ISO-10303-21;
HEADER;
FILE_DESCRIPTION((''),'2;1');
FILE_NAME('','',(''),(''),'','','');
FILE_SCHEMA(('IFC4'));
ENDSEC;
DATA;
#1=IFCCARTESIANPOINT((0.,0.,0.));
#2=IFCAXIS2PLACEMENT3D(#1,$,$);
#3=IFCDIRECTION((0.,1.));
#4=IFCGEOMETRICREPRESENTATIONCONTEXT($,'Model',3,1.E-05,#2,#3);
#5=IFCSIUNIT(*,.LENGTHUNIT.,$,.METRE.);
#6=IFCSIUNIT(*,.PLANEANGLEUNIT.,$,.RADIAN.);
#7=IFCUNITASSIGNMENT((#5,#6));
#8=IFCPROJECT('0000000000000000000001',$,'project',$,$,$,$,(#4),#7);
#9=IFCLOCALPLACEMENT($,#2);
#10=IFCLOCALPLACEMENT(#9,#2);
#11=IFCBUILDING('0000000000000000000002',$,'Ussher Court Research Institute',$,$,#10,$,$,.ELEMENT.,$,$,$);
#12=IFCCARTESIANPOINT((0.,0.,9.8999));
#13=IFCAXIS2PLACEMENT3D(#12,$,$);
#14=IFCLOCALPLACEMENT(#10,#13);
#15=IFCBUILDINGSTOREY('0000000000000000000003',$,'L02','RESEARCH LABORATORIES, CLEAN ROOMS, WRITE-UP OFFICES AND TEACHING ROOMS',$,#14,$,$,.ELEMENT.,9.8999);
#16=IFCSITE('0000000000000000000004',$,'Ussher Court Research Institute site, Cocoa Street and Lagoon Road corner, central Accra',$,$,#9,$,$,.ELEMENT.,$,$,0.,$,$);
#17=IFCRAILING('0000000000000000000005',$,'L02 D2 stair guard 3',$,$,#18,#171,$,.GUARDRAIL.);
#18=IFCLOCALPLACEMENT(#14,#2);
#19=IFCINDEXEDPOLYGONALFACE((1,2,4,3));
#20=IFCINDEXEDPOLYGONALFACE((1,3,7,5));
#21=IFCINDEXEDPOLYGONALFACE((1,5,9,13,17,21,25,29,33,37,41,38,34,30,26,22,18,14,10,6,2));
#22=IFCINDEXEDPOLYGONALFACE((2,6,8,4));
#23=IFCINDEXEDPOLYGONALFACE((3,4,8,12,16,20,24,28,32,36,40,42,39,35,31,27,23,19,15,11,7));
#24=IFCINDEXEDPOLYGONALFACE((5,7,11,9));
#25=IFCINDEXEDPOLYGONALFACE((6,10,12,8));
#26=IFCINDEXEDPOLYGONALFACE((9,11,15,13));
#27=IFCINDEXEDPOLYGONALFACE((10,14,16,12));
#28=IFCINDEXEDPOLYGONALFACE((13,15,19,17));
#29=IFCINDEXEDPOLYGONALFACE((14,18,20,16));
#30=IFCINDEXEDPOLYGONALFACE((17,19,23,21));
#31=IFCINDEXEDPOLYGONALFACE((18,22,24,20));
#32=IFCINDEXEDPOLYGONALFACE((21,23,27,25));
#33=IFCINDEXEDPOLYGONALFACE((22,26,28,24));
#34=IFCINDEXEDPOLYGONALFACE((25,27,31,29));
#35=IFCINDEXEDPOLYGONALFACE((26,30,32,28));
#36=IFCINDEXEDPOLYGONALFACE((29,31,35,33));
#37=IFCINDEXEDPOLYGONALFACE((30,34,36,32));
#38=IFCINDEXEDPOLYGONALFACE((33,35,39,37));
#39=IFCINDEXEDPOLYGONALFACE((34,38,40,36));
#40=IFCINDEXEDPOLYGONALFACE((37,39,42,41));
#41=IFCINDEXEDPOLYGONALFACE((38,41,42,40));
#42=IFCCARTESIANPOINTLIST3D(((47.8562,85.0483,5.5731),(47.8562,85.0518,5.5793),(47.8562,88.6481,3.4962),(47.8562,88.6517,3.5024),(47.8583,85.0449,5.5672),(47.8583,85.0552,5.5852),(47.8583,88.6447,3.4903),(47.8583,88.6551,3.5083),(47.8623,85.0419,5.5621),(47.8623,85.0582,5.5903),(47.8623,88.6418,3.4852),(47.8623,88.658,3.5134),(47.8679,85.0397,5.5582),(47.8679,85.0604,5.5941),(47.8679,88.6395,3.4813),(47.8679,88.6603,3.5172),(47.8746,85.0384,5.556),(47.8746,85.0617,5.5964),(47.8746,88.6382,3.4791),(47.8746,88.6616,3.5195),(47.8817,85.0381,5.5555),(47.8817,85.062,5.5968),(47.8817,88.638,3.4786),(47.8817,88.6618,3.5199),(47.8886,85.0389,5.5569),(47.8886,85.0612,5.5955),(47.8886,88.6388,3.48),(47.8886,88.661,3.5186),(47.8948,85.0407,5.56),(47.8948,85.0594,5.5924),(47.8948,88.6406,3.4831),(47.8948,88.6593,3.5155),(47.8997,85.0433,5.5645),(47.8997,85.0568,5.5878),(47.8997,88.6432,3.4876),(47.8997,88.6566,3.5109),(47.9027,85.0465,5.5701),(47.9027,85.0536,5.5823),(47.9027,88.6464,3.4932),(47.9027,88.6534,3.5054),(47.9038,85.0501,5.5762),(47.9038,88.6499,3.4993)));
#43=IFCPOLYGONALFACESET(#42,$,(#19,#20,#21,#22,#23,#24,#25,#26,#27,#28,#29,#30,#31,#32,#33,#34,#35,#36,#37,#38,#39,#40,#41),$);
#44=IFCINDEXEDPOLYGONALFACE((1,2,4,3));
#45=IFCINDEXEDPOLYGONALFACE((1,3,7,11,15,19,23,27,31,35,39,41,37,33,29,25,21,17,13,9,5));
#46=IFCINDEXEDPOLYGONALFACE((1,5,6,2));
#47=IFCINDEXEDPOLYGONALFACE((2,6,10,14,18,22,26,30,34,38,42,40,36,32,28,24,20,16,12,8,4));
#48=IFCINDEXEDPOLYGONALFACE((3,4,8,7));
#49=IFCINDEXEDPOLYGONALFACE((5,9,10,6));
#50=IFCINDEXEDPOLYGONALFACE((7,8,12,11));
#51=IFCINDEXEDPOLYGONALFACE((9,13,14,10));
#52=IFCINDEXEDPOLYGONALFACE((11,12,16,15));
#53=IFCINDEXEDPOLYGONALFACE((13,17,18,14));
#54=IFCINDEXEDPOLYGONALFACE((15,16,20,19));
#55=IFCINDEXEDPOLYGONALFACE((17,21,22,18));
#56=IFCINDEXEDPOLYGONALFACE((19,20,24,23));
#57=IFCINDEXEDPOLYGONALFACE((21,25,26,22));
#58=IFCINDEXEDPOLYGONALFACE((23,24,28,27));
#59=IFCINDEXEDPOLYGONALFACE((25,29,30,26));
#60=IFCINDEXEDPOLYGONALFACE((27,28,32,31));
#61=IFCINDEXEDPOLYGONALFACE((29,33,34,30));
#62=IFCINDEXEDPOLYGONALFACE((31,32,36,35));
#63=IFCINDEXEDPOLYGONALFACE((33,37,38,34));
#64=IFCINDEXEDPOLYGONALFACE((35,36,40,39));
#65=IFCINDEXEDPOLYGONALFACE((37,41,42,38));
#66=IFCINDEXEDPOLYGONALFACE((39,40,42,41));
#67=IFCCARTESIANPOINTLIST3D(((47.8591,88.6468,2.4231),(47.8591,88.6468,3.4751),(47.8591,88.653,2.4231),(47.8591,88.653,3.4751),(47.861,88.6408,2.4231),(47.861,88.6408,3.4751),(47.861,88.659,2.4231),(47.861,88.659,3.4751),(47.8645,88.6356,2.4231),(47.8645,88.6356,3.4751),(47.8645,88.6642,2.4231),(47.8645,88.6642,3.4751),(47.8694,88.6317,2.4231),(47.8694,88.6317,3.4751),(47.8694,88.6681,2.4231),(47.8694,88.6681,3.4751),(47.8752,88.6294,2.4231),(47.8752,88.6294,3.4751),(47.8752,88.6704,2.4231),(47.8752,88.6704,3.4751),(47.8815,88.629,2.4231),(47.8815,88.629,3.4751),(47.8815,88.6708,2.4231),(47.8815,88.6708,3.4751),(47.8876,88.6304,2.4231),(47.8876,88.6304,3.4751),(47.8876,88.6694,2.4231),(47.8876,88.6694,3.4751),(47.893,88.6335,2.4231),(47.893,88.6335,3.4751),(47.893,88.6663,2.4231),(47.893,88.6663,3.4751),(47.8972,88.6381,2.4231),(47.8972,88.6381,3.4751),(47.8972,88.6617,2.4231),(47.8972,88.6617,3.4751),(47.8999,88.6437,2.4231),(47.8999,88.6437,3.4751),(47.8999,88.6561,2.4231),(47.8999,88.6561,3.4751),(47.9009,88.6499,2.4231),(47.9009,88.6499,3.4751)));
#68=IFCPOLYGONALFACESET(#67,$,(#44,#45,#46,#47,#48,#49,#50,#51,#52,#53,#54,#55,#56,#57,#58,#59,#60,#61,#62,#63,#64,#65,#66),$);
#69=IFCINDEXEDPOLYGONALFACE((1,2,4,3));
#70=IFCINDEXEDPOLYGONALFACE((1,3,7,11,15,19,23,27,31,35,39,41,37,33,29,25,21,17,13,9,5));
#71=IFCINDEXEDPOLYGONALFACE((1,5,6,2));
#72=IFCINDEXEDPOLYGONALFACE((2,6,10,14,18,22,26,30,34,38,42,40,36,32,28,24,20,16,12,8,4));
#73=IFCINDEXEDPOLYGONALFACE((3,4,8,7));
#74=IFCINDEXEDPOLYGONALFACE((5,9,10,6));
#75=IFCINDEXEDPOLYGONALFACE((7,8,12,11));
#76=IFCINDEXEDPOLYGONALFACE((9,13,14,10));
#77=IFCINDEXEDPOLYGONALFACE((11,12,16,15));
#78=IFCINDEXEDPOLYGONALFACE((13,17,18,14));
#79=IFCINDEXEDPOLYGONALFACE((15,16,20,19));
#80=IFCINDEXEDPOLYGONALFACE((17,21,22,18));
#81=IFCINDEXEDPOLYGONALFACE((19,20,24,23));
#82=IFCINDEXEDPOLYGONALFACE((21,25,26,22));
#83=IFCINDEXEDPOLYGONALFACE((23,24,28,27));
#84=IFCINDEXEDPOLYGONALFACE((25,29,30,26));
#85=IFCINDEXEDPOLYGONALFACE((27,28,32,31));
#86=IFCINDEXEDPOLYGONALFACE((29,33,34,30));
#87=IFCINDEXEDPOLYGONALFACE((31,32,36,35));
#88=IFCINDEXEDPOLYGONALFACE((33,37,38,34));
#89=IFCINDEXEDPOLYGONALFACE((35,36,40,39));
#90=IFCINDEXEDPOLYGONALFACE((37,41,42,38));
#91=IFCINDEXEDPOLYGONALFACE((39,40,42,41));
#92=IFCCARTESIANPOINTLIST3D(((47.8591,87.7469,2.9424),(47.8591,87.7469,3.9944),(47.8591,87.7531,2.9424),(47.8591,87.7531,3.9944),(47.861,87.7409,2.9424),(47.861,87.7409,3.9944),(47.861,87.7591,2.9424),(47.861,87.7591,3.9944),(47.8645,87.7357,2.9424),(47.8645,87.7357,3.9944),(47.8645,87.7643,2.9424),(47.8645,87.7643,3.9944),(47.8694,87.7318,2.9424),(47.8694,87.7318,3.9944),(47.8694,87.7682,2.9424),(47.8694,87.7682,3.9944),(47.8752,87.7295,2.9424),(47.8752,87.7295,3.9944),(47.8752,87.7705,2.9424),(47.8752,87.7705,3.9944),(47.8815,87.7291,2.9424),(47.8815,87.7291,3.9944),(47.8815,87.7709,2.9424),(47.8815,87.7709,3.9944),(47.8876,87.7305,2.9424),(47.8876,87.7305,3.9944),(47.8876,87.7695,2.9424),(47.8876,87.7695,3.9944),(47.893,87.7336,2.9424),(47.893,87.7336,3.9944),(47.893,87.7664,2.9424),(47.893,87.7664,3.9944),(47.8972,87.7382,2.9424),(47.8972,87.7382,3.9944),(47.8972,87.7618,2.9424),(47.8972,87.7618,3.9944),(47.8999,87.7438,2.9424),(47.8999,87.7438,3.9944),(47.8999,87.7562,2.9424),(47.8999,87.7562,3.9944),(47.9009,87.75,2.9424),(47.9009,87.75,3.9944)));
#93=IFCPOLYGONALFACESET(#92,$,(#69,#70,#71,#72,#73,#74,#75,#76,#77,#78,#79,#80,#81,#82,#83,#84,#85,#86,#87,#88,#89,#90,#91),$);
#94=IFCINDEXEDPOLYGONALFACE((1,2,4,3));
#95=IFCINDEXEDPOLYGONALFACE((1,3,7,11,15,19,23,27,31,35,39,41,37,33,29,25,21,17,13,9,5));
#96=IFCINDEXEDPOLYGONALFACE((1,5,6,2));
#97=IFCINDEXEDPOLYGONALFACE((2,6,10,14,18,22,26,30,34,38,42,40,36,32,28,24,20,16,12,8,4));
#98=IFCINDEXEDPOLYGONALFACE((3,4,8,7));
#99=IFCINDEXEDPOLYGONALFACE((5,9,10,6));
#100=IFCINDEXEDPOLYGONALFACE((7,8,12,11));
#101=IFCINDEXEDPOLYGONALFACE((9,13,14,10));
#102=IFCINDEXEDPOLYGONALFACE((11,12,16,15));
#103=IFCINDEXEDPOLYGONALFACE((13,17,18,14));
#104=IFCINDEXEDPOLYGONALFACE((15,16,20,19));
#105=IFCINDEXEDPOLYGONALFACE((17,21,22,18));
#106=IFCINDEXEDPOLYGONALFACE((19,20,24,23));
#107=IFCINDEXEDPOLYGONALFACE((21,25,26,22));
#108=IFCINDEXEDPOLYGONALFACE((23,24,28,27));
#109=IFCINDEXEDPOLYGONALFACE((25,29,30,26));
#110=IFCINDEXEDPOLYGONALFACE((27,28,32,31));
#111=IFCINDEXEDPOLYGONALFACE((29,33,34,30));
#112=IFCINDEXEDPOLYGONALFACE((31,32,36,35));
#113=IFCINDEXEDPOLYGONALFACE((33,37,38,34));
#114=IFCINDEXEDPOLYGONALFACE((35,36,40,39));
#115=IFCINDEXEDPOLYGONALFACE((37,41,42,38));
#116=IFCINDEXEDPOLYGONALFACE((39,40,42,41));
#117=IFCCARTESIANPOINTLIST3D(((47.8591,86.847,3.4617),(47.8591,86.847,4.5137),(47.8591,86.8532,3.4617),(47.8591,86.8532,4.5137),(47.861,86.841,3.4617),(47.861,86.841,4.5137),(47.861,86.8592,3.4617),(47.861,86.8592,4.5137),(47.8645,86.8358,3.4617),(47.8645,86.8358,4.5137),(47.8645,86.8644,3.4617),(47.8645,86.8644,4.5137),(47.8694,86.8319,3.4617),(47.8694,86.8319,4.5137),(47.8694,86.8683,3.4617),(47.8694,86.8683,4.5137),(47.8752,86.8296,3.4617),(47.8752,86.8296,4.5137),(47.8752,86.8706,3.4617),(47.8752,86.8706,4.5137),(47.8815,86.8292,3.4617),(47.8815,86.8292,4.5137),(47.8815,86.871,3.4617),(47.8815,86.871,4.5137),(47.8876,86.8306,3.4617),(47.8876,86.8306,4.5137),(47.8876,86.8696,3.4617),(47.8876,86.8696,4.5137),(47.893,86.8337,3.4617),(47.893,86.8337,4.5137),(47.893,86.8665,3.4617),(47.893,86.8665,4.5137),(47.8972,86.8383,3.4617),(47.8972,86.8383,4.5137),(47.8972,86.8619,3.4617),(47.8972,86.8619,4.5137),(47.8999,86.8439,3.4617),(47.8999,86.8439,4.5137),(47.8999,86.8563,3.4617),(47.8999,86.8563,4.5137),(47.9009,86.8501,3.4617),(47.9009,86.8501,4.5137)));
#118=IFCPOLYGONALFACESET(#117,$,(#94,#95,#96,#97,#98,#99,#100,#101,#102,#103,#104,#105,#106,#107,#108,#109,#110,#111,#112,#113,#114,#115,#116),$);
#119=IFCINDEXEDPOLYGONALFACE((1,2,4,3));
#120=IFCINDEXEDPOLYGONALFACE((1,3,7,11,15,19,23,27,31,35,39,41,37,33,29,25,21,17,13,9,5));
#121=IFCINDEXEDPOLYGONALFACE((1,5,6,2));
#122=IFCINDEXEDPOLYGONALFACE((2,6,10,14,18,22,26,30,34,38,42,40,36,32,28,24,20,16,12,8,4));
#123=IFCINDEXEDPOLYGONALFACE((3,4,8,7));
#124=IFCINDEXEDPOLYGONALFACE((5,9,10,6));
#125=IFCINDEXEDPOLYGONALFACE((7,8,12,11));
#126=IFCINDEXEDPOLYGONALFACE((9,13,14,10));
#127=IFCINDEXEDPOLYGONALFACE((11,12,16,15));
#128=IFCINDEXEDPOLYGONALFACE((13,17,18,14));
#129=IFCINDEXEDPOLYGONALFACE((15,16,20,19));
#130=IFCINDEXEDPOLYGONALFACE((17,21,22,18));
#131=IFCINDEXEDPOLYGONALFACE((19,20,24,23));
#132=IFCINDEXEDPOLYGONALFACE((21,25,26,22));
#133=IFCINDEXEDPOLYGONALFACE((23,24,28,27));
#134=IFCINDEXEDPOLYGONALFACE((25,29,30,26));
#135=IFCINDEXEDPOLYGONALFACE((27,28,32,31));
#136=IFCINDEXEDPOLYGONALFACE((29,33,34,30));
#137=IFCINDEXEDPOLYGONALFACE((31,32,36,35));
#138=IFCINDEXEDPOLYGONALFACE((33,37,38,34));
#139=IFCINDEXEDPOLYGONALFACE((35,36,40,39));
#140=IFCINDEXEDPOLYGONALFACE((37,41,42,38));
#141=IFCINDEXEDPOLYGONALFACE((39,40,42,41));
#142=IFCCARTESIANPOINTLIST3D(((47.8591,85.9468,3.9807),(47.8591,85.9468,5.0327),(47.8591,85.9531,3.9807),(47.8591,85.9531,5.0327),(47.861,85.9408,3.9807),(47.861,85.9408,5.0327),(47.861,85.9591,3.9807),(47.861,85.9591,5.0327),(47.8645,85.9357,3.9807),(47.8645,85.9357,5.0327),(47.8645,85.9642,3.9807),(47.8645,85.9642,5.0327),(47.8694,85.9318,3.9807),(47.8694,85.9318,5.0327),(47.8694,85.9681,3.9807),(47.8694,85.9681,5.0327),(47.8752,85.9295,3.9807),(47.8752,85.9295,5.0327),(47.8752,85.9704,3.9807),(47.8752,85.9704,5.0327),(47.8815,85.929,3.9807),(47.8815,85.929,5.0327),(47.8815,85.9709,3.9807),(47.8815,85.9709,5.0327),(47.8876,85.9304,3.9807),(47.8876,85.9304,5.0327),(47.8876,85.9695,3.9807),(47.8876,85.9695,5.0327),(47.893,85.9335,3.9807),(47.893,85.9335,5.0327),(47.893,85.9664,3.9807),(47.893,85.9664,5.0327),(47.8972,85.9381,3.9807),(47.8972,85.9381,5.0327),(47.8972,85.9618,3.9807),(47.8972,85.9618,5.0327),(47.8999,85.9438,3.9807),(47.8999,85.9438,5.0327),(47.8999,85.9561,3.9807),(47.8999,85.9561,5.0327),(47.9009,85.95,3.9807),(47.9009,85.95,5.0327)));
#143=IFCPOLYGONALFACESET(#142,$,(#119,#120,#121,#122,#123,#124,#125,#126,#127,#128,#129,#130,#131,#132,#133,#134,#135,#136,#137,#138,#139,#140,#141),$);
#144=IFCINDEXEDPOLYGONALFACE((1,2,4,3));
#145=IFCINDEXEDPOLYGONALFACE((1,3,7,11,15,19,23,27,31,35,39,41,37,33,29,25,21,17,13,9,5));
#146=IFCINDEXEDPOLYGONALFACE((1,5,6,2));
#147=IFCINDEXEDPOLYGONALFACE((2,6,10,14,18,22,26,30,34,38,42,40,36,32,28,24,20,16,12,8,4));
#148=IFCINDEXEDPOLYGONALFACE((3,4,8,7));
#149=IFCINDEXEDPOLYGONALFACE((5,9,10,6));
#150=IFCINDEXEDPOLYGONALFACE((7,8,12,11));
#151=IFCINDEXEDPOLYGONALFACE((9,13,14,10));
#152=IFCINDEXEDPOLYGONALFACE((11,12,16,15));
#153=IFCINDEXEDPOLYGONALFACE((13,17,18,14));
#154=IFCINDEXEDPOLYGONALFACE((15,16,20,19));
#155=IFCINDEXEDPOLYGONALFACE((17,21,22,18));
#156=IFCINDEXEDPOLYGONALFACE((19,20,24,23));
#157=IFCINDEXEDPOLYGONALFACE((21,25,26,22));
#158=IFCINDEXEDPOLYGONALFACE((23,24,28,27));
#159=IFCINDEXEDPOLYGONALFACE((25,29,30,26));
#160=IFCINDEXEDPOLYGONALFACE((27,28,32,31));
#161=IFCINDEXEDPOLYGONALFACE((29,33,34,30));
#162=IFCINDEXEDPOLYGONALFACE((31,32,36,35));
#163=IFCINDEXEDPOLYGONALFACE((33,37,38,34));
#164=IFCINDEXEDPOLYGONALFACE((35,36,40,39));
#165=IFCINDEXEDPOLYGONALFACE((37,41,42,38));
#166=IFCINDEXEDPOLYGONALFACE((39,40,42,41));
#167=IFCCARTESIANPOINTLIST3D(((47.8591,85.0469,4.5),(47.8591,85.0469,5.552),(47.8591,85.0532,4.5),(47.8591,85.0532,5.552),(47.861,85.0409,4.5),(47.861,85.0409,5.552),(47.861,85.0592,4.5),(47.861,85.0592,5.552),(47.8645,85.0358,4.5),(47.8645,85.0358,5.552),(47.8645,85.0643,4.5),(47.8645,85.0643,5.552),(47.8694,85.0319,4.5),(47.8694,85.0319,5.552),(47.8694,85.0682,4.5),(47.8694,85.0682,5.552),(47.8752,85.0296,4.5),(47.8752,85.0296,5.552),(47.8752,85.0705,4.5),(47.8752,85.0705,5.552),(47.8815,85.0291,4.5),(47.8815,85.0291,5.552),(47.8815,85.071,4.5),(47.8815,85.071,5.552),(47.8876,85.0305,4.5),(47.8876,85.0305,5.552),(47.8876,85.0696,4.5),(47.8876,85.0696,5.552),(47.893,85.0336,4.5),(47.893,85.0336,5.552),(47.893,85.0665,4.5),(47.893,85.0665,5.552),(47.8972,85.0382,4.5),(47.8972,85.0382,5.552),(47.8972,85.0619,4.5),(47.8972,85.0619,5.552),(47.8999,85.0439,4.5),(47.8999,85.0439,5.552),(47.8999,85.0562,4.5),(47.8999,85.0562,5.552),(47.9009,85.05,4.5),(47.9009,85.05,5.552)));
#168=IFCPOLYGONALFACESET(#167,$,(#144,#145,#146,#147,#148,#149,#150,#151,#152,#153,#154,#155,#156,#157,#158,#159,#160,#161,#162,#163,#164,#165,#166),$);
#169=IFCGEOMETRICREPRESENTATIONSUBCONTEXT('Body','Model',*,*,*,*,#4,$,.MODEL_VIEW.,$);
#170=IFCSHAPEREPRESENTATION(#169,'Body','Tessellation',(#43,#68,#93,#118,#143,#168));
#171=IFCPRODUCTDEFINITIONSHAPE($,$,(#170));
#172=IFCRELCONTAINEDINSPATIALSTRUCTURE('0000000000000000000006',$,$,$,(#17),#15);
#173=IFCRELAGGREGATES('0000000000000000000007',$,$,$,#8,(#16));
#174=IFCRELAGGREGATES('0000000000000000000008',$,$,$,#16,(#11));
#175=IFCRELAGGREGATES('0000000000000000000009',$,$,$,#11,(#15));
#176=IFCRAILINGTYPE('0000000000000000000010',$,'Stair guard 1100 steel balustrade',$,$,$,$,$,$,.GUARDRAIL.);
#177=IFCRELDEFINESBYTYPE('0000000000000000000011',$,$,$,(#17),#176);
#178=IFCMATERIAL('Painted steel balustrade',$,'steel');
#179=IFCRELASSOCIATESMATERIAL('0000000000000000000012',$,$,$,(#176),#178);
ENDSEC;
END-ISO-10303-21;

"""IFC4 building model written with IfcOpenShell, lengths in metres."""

from ifc_helpers import new_model, si_unit, direction, frame, origin, origin_2d, place, context, subcontext, project, spatial, circle, extrude, material, type_object, element, save


model = new_model("IFC4")

# Units and contexts
model_context = context("Model", 3, precision=1e-05, world=origin(), true_north=direction((0.0, 1.0)))
body_context = subcontext(model_context, "Body", "Model", "MODEL_VIEW")
ifc_project = project(units=[si_unit("LENGTHUNIT", "METRE"), si_unit("PLANEANGLEUNIT", "RADIAN")], contexts=[model_context])

# Site, building, storey
site_placement = place(None, origin())
site = spatial("IfcSite", under=ifc_project, at=site_placement, Name="Ussher Court Research Institute site, Cocoa Street and Lagoon Road corner, central Accra", CompositionType="ELEMENT", RefElevation=0.0)
building_placement = place(site_placement, origin())
building = spatial("IfcBuilding", under=site, at=building_placement, Name="Ussher Court Research Institute", CompositionType="ELEMENT")
storey_placement = place(building_placement, frame((0.0, 0.0, 9.8999)))
storey = spatial("IfcBuildingStorey", under=building, at=storey_placement, Name="L02", Description="RESEARCH LABORATORIES, CLEAN ROOMS, WRITE-UP OFFICES AND TEACHING ROOMS", CompositionType="ELEMENT", Elevation=9.8999)

# Railing
ifc_material_1 = material(Name="Painted steel balustrade", Category="steel")
railing_type_1 = type_object("IfcRailingType", Name="Stair guard 1100 steel balustrade", PredefinedType="GUARDRAIL", material=ifc_material_1)
railing_1_placement = place(storey_placement, frame((47.8799, 88.6499, 2.4231)))
element("IfcRailing", 1, at=railing_1_placement, inside=storey, type_object=railing_type_1, Name="L02 D2 stair guard 3", PredefinedType="GUARDRAIL", context=body_context, shape_type="SweptSolid", body=[
    extrude(circle(Radius=0.0239, at=origin_2d()), frame((0.0, 0.0, 1.0762), z_axis=(0.0, -0.866179, 0.499734), x_axis=(1.0, 0.0, 0.0)), (0.0, 0.0, 1.0), 4.156),
    extrude(circle(Radius=0.021, at=origin_2d()), origin(), (0.0, 0.0, 1.0), 1.052),
    extrude(circle(Radius=0.021, at=origin_2d()), frame((0.0, -0.8999, 0.5193)), (0.0, 0.0, 1.0), 1.052),
    extrude(circle(Radius=0.021, at=origin_2d()), frame((0.0, -1.7998, 1.0386)), (0.0, 0.0, 1.0), 1.052),
    extrude(circle(Radius=0.021, at=origin_2d()), frame((0.0, -2.7, 1.5576)), (0.0, 0.0, 1.0), 1.052),
    extrude(circle(Radius=0.021, at=origin_2d()), frame((0.0, -3.5999, 2.0769)), (0.0, 0.0, 1.0), 1.052),
])

save(model, "model.ifc")
